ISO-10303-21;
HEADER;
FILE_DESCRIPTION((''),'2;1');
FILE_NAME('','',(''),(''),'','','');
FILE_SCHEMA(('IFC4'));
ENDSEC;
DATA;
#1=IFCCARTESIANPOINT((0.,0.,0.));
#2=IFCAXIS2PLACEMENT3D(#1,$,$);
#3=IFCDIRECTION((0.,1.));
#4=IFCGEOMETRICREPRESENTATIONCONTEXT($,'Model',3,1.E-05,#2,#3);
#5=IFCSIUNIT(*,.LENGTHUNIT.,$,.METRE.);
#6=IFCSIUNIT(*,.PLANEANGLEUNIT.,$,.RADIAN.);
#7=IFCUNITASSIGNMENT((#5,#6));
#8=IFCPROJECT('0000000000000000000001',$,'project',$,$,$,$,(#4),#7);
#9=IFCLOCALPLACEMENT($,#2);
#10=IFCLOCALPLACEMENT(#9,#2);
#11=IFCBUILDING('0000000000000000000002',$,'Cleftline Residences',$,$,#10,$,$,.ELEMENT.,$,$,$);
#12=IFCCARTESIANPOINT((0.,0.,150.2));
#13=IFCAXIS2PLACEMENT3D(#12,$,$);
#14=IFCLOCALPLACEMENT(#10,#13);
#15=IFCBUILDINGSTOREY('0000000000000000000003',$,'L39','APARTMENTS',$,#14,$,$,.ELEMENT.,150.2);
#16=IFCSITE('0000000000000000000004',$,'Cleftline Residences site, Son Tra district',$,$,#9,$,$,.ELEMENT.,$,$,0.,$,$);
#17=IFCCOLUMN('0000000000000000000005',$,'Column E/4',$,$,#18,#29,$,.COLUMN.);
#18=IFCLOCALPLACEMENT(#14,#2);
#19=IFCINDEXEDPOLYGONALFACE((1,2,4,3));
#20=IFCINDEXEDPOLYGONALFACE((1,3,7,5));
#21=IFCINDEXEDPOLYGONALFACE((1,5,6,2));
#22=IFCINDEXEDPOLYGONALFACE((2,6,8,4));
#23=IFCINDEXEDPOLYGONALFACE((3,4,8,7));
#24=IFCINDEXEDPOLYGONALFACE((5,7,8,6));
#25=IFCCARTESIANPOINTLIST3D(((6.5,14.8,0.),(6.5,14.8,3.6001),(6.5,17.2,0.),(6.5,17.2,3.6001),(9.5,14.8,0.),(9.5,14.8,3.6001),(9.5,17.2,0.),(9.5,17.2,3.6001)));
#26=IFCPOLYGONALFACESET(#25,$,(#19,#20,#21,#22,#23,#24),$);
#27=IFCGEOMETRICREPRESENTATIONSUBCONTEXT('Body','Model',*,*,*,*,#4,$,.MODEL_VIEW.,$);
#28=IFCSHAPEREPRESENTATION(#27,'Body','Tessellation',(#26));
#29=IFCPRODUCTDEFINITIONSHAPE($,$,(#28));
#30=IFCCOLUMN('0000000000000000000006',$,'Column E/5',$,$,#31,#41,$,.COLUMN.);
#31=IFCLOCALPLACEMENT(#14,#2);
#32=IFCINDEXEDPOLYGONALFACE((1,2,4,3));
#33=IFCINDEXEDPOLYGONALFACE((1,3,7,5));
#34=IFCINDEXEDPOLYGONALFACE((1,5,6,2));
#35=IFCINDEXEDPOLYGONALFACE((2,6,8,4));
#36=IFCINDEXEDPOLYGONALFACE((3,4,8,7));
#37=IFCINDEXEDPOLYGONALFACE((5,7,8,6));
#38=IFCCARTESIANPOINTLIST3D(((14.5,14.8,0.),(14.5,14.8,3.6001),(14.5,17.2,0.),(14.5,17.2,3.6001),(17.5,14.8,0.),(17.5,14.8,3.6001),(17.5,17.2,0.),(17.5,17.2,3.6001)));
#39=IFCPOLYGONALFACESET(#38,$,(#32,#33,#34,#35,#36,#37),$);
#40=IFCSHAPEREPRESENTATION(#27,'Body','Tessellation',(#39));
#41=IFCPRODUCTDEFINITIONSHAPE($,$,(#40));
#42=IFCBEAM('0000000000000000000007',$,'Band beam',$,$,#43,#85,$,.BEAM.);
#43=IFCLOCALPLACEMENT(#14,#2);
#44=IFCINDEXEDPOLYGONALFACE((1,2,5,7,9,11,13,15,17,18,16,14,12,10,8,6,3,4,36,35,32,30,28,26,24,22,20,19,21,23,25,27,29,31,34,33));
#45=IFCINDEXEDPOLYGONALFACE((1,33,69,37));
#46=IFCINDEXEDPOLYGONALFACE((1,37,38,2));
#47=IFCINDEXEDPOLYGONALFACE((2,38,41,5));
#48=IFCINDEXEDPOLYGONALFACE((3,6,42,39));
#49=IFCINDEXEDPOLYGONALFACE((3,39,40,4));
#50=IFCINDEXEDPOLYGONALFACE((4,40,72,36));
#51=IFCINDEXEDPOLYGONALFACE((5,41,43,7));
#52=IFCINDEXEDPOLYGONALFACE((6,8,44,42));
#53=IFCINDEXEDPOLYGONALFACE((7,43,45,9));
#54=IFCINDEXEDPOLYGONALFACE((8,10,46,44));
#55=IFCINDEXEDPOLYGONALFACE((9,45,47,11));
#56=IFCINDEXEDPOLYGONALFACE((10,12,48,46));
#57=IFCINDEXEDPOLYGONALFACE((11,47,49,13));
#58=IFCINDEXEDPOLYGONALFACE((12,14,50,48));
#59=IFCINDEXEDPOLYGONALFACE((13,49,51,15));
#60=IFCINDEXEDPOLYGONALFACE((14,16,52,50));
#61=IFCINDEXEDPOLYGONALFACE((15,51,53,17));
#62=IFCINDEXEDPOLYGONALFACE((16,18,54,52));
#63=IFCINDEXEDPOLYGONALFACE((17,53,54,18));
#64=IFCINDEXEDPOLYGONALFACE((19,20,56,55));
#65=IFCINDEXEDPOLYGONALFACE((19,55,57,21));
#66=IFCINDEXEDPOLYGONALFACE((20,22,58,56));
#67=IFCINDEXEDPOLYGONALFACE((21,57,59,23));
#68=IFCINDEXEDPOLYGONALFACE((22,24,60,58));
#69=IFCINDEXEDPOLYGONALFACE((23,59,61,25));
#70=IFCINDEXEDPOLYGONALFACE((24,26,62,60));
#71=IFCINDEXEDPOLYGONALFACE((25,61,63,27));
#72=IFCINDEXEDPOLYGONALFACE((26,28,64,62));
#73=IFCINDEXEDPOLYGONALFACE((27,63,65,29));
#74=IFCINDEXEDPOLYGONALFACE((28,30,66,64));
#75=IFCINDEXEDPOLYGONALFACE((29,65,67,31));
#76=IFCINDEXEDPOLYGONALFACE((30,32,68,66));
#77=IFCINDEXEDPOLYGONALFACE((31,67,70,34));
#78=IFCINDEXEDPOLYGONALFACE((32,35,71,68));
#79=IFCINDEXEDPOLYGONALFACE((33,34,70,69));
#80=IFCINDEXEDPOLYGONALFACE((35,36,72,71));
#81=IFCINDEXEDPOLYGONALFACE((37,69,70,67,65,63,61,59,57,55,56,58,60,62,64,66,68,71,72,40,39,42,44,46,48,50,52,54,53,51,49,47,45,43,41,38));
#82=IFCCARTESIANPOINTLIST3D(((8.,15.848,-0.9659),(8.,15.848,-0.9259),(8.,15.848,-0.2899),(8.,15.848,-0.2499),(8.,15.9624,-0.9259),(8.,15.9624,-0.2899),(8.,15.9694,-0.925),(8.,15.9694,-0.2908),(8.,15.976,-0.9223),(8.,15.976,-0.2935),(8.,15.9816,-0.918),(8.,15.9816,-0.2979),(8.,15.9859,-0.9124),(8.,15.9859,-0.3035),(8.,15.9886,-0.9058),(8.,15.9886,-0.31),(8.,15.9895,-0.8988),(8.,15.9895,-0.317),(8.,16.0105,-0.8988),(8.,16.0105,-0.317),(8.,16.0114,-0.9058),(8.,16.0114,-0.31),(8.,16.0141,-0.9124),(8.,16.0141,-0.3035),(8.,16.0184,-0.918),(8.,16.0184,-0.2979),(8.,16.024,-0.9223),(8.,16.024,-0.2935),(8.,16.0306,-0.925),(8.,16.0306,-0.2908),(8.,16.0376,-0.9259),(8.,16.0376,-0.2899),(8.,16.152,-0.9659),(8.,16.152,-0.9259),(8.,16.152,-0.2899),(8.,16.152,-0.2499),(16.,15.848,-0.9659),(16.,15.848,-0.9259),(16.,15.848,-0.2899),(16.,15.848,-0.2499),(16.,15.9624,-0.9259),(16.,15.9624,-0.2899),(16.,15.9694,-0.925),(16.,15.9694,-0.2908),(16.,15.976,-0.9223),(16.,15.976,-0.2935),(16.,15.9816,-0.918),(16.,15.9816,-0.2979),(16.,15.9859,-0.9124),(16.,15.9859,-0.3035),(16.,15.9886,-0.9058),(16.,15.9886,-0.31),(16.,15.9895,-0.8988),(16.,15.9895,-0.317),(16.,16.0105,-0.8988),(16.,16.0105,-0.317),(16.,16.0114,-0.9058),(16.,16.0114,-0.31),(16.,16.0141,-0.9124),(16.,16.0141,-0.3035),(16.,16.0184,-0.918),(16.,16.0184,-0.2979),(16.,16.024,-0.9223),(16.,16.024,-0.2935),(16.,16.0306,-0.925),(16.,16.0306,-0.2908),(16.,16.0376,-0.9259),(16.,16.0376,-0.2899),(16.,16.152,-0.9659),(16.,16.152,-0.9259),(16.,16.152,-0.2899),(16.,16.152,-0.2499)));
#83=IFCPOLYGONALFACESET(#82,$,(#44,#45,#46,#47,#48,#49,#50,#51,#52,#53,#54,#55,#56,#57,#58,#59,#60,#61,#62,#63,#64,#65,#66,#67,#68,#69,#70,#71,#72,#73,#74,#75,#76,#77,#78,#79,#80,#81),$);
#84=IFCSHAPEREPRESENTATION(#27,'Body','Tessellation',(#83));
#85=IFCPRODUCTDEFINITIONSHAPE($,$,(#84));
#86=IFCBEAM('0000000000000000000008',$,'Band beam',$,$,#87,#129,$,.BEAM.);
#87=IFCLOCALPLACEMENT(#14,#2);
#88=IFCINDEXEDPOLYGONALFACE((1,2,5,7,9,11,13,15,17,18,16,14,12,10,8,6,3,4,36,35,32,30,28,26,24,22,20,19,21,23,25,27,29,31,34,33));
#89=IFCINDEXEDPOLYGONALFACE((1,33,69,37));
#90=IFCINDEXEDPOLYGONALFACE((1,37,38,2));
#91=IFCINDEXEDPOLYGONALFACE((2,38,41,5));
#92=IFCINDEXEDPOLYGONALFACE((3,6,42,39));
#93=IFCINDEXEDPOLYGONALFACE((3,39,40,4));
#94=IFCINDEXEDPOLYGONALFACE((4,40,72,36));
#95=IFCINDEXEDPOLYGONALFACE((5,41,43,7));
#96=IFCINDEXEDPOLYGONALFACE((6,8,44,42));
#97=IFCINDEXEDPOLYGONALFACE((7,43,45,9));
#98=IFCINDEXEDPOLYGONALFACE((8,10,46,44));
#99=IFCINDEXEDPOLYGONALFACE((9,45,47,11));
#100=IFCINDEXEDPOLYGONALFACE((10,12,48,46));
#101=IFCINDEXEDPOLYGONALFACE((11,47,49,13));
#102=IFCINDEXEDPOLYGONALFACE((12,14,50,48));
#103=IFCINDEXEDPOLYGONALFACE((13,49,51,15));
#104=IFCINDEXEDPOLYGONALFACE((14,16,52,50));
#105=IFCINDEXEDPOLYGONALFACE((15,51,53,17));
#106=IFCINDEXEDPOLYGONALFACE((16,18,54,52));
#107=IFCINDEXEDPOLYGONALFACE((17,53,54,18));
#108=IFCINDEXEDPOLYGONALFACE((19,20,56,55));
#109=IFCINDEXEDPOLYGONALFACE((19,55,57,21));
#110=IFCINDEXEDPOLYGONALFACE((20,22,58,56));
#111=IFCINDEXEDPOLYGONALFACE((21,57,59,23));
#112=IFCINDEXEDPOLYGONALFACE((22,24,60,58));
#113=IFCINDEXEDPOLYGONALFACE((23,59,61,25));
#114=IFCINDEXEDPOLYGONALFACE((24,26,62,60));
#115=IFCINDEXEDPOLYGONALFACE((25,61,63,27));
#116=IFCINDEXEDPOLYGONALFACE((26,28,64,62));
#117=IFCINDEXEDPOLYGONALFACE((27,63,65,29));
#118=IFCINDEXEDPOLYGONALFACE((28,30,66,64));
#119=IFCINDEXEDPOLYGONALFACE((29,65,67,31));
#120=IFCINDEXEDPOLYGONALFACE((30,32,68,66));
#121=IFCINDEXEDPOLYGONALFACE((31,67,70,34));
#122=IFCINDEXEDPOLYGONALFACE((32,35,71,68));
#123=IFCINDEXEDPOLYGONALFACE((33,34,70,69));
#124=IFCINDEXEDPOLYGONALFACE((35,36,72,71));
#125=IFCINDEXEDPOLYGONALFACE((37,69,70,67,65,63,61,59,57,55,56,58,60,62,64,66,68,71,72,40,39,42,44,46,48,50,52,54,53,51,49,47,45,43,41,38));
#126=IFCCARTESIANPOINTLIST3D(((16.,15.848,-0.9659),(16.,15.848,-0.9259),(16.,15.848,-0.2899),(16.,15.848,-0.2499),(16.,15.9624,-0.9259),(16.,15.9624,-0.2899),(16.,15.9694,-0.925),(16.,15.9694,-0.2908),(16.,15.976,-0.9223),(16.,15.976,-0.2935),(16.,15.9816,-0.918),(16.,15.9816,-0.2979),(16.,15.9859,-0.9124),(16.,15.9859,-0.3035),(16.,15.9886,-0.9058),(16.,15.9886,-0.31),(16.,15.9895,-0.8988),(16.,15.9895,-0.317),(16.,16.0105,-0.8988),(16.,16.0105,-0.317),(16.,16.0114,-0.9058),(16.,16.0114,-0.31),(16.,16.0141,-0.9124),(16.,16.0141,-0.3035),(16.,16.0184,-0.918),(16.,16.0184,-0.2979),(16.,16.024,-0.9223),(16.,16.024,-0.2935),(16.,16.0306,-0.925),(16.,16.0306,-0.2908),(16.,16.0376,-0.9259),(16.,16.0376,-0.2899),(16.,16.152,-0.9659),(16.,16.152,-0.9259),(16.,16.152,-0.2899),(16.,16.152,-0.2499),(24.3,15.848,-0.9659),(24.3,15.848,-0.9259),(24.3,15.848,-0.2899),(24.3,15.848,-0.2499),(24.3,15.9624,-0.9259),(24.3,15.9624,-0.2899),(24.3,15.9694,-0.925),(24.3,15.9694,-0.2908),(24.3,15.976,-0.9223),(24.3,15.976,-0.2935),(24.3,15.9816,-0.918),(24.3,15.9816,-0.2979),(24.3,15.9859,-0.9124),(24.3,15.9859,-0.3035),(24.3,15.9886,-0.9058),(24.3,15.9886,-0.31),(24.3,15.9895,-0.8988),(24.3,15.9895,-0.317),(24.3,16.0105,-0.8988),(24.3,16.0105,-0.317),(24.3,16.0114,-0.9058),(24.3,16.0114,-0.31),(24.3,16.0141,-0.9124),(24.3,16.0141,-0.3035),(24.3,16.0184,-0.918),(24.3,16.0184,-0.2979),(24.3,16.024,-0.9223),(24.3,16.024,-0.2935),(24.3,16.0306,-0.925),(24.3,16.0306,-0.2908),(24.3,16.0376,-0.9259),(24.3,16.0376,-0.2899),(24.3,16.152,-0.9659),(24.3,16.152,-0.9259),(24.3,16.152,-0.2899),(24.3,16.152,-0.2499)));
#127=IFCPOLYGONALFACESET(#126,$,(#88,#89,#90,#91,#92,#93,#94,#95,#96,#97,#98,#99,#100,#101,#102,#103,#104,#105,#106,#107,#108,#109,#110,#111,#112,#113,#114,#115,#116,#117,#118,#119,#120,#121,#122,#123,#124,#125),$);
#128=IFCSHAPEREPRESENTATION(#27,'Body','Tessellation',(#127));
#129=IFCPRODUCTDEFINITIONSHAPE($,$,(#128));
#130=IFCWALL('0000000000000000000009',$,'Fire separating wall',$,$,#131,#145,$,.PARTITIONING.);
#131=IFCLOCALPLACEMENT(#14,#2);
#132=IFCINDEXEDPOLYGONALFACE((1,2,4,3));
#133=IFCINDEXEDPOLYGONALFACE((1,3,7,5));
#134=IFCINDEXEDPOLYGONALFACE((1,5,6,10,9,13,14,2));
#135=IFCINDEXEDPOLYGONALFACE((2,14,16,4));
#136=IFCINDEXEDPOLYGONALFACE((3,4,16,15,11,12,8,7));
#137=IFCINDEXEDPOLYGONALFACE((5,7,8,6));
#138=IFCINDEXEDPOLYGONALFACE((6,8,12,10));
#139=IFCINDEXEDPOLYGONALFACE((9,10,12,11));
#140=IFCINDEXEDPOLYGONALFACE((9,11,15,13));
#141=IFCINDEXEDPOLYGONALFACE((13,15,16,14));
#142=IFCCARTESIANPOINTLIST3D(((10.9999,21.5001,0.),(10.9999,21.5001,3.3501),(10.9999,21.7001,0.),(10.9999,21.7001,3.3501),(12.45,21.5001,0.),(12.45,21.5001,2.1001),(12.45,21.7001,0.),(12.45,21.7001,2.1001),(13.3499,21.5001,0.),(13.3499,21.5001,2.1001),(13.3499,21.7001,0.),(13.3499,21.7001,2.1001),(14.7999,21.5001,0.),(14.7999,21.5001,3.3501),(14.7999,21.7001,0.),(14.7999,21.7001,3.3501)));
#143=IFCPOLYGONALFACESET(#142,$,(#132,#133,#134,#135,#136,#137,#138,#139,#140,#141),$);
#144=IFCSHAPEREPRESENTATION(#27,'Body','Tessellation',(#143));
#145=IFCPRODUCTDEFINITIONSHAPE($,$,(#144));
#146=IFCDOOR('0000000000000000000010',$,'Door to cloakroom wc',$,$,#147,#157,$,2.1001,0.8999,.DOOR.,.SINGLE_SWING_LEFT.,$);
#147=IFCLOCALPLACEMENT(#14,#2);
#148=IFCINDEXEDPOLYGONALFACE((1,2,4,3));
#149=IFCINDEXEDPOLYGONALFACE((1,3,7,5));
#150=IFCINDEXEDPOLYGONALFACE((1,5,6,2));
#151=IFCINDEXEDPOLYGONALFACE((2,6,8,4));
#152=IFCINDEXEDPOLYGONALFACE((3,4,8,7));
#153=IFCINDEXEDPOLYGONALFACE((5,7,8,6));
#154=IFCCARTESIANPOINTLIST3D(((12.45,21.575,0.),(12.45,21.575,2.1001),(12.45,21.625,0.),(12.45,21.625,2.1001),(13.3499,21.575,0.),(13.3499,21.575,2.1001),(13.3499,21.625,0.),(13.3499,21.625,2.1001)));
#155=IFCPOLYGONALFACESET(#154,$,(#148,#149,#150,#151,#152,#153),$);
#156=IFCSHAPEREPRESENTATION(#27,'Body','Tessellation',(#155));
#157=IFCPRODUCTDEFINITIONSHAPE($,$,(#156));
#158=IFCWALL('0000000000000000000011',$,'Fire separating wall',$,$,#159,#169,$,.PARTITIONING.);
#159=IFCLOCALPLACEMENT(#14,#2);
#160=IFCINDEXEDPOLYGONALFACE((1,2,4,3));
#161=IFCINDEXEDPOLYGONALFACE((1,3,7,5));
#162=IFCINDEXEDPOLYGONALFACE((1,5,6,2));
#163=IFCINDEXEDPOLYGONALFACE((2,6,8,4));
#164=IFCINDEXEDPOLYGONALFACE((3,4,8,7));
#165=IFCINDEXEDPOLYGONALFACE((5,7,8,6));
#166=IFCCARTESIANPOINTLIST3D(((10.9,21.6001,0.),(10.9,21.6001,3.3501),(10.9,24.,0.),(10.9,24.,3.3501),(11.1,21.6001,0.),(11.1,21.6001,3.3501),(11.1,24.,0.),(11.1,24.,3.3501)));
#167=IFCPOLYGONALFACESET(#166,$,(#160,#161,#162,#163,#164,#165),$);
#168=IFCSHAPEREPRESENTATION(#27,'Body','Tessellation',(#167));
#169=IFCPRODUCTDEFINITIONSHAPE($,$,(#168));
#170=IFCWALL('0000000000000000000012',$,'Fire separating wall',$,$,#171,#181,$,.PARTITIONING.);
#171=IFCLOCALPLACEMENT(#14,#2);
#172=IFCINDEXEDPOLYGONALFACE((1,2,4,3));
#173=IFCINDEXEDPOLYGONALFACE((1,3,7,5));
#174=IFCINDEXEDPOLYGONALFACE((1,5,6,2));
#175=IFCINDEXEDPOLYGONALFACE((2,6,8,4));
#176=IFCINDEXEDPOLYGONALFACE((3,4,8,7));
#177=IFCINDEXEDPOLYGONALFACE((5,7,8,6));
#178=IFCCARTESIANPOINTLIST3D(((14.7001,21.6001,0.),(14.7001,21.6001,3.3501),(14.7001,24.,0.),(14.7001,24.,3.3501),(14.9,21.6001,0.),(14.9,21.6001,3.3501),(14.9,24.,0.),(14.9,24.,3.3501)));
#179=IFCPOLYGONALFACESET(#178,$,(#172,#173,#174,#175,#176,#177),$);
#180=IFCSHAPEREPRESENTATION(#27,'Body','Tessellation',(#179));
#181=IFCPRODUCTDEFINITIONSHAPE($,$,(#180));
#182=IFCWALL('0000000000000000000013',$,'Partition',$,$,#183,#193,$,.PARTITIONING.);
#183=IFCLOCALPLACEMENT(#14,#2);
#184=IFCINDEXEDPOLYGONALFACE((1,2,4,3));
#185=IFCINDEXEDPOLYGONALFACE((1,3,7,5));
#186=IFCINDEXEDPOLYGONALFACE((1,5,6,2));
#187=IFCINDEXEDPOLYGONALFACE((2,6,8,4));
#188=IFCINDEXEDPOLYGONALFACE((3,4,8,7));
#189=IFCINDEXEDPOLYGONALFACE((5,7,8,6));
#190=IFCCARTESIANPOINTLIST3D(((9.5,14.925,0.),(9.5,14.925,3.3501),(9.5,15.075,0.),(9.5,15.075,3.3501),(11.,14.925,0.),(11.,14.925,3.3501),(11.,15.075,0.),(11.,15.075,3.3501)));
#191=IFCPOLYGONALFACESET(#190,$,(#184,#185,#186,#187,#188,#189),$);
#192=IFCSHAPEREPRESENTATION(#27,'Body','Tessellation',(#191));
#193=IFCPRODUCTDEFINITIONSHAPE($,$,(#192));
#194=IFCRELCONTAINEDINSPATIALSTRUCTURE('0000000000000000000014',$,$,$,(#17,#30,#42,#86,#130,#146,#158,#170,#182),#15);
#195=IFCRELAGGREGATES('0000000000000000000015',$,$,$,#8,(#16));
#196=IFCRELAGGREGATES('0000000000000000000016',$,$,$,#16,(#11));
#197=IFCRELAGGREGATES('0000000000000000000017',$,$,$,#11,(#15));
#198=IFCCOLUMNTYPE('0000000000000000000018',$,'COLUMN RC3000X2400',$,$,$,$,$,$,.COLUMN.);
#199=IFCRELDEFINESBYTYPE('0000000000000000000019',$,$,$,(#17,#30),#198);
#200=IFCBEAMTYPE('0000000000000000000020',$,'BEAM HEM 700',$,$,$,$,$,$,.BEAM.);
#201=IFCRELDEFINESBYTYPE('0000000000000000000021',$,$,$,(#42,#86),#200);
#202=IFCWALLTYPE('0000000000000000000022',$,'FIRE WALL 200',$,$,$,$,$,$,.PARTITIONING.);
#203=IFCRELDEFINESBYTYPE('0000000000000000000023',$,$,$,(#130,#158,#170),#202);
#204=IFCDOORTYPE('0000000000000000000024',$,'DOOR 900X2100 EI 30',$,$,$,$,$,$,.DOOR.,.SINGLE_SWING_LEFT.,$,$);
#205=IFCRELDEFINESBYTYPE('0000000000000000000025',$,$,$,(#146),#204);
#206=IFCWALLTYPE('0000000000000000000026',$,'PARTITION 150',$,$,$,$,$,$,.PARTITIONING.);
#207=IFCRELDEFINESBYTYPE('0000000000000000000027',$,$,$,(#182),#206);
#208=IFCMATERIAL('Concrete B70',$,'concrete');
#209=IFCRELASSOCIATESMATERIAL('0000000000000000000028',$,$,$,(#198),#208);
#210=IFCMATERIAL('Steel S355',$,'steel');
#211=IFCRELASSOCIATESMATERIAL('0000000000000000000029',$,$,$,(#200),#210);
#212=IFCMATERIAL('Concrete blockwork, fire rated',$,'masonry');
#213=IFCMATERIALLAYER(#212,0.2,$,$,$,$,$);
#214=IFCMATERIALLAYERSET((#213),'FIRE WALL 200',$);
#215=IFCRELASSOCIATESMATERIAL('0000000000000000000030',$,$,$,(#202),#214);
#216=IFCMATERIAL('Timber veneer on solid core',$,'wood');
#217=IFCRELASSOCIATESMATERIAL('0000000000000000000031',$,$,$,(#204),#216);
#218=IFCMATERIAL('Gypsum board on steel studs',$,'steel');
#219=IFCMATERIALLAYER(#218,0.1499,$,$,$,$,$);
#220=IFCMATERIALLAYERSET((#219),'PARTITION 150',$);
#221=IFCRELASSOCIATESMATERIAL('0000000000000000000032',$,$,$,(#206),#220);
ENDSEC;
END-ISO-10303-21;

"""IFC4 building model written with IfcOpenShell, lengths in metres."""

from ifc_helpers import new_model, si_unit, direction, frame, frame_2d, origin, origin_2d, place, context, subcontext, project, spatial, rectangle, i_section, extrude, material, layer, layer_set, material_profile, profile_set, type_object, element, fill, save


model = new_model("IFC4")

# Units and contexts
model_context = context("Model", 3, precision=1e-05, world=origin(), true_north=direction((0.0, 1.0)))
body_context = subcontext(model_context, "Body", "Model", "MODEL_VIEW")
ifc_project = project(units=[si_unit("LENGTHUNIT", "METRE"), si_unit("PLANEANGLEUNIT", "RADIAN")], contexts=[model_context])

# Site, building, storey
site_placement = place(None, origin())
site = spatial("IfcSite", under=ifc_project, at=site_placement, Name="Cleftline Residences site, Son Tra district", CompositionType="ELEMENT", RefElevation=0.0)
building_placement = place(site_placement, origin())
building = spatial("IfcBuilding", under=site, at=building_placement, Name="Cleftline Residences", CompositionType="ELEMENT")
storey_placement = place(building_placement, frame((0.0, 0.0, 150.2)))
storey = spatial("IfcBuildingStorey", under=building, at=storey_placement, Name="L39", Description="APARTMENTS", CompositionType="ELEMENT", Elevation=150.2)

# Columns
ifc_material_1 = material(Name="Concrete B70", Category="concrete")
ifc_material_profile_1 = material_profile(ifc_material_1, rectangle(XDim=3.0, YDim=2.3999, at=origin_2d()))
ifc_profile_set_1 = profile_set([ifc_material_profile_1], Name="Concrete B70")
column_type = type_object("IfcColumnType", Name="COLUMN RC3000X2400", PredefinedType="COLUMN", material=ifc_profile_set_1)
for number, where, z_axis, x_axis, name in (
    (1, (8.0, 16.0, 0.0), (0.0, 0.0, 1.0), (1.0, 0.0, 0.0), "Column E/4"),
    (2, (16.0, 16.0, 0.0), (0.0, 0.0, 1.0), (1.0, 0.0, 0.0), "Column E/5"),
):
    element("IfcColumn", number, at=place(storey_placement, frame(where, z_axis=z_axis, x_axis=x_axis)), inside=storey, type_object=column_type, Name=name, PredefinedType="COLUMN", context=body_context, shape_type="SweptSolid", body=[
        extrude(rectangle(XDim=3.0, YDim=2.3999, at=origin_2d()), origin(), (0.0, 0.0, 1.0), 3.6001),
    ])

# Beams
ifc_material_2 = material(Name="Steel S355", Category="steel")
ifc_material_profile_2 = material_profile(ifc_material_2, i_section(OverallWidth=0.304, OverallDepth=0.7161, WebThickness=0.021, FlangeThickness=0.04, FilletRadius=0.0271, at=origin_2d()))
ifc_profile_set_2 = profile_set([ifc_material_profile_2], Name="Steel S355")
beam_type = type_object("IfcBeamType", Name="BEAM HEM 700", PredefinedType="BEAM", material=ifc_profile_set_2)
beam_1_placement = place(storey_placement, frame((8.0, 16.0, -0.6079), z_axis=(1.0, 0.0, 0.0), x_axis=(0.0, 1.0, 0.0)))
element("IfcBeam", 3, at=beam_1_placement, inside=storey, type_object=beam_type, Name="Band beam", PredefinedType="BEAM", context=body_context, shape_type="SweptSolid", body=[
    extrude(i_section(OverallWidth=0.304, OverallDepth=0.7161, WebThickness=0.021, FlangeThickness=0.04, FilletRadius=0.0271, at=origin_2d()), origin(), (0.0, 0.0, 1.0), 8.0),
])
beam_2_placement = place(storey_placement, frame((16.0, 16.0, -0.6079), z_axis=(1.0, 0.0, 0.0), x_axis=(0.0, 1.0, 0.0)))
element("IfcBeam", 4, at=beam_2_placement, inside=storey, type_object=beam_type, Name="Band beam", PredefinedType="BEAM", context=body_context, shape_type="SweptSolid", body=[
    extrude(i_section(OverallWidth=0.304, OverallDepth=0.7161, WebThickness=0.021, FlangeThickness=0.04, FilletRadius=0.0271, at=origin_2d()), origin(), (0.0, 0.0, 1.0), 8.3),
])

# Wall, opening, door
ifc_material_3 = material(Name="Concrete blockwork, fire rated", Category="masonry")
ifc_layer_1 = layer(ifc_material_3, 0.2)
ifc_layer_set_1 = layer_set([ifc_layer_1], Name="FIRE WALL 200")
wall_type_1 = type_object("IfcWallType", Name="FIRE WALL 200", PredefinedType="PARTITIONING", material=ifc_layer_set_1)
wall_1_placement = place(storey_placement, frame((11.0, 21.6001, 0.0), z_axis=(0.0, 0.0, 1.0), x_axis=(1.0, 0.0, 0.0)))
wall_1 = element("IfcWall", 5, at=wall_1_placement, inside=storey, type_object=wall_type_1, Name="Fire separating wall", PredefinedType="PARTITIONING", context=body_context, shape_type="SweptSolid", body=[
    extrude(rectangle(XDim=3.8, YDim=0.2, at=frame_2d((1.8999, 0.0))), origin(), (0.0, 0.0, 1.0), 3.3501),
])
opening_1_placement = place(wall_1_placement, frame((1.45, 0.0, 0.0)))
opening_1 = element("IfcOpeningElement", 6, at=opening_1_placement, cuts=wall_1, PredefinedType="OPENING", context=body_context, shape_type="SweptSolid", body=[
    extrude(rectangle(XDim=0.8999, YDim=2.1001, at=frame_2d((0.45, 1.05))), frame((0.0, 0.1099, 0.0), z_axis=(0.0, -1.0, 0.0), x_axis=(1.0, 0.0, 0.0)), (0.0, 0.0, 1.0), 0.22),
])
ifc_material_4 = material(Name="Timber veneer on solid core", Category="wood")
door_type_1 = type_object("IfcDoorType", Name="DOOR 900X2100 EI 30", OperationType="SINGLE_SWING_LEFT", PredefinedType="DOOR", material=ifc_material_4)
door_1_placement = place(opening_1_placement, origin())
door_1 = element("IfcDoor", 7, at=door_1_placement, inside=storey, type_object=door_type_1, Name="Door to cloakroom wc", OperationType="SINGLE_SWING_LEFT", OverallHeight=2.1001, OverallWidth=0.8999, PredefinedType="DOOR", context=body_context, shape_type="SweptSolid", body=[
    extrude(rectangle(XDim=0.8999, YDim=2.1001, at=frame_2d((0.45, 1.05))), frame((0.0, 0.0249, 0.0), z_axis=(0.0, -1.0, 0.0), x_axis=(1.0, 0.0, 0.0)), (0.0, 0.0, 1.0), 0.05),
])
fill(opening_1, door_1)

# Walls
for number, where, z_axis, x_axis, name in (
    (8, (11.0, 21.6001, 0.0), (0.0, 0.0, 1.0), (0.0, 1.0, 0.0), "Fire separating wall"),
    (9, (14.8, 21.6001, 0.0), (0.0, 0.0, 1.0), (0.0, 1.0, 0.0), "Fire separating wall"),
):
    element("IfcWall", number, at=place(storey_placement, frame(where, z_axis=z_axis, x_axis=x_axis)), inside=storey, type_object=wall_type_1, Name=name, PredefinedType="PARTITIONING", context=body_context, shape_type="SweptSolid", body=[
        extrude(rectangle(XDim=2.3999, YDim=0.2, at=frame_2d((1.2, 0.0))), origin(), (0.0, 0.0, 1.0), 3.3501),
    ])
ifc_material_5 = material(Name="Gypsum board on steel studs", Category="steel")
ifc_layer_2 = layer(ifc_material_5, 0.1499)
ifc_layer_set_2 = layer_set([ifc_layer_2], Name="PARTITION 150")
wall_type_2 = type_object("IfcWallType", Name="PARTITION 150", PredefinedType="PARTITIONING", material=ifc_layer_set_2)
wall_2_placement = place(storey_placement, frame((9.5, 15.0, 0.0), z_axis=(0.0, 0.0, 1.0), x_axis=(1.0, 0.0, 0.0)))
element("IfcWall", 10, at=wall_2_placement, inside=storey, type_object=wall_type_2, Name="Partition", PredefinedType="PARTITIONING", context=body_context, shape_type="SweptSolid", body=[
    extrude(rectangle(XDim=1.5, YDim=0.1499, at=frame_2d((0.75, 0.0))), origin(), (0.0, 0.0, 1.0), 3.3501),
])

save(model, "model.ifc")
